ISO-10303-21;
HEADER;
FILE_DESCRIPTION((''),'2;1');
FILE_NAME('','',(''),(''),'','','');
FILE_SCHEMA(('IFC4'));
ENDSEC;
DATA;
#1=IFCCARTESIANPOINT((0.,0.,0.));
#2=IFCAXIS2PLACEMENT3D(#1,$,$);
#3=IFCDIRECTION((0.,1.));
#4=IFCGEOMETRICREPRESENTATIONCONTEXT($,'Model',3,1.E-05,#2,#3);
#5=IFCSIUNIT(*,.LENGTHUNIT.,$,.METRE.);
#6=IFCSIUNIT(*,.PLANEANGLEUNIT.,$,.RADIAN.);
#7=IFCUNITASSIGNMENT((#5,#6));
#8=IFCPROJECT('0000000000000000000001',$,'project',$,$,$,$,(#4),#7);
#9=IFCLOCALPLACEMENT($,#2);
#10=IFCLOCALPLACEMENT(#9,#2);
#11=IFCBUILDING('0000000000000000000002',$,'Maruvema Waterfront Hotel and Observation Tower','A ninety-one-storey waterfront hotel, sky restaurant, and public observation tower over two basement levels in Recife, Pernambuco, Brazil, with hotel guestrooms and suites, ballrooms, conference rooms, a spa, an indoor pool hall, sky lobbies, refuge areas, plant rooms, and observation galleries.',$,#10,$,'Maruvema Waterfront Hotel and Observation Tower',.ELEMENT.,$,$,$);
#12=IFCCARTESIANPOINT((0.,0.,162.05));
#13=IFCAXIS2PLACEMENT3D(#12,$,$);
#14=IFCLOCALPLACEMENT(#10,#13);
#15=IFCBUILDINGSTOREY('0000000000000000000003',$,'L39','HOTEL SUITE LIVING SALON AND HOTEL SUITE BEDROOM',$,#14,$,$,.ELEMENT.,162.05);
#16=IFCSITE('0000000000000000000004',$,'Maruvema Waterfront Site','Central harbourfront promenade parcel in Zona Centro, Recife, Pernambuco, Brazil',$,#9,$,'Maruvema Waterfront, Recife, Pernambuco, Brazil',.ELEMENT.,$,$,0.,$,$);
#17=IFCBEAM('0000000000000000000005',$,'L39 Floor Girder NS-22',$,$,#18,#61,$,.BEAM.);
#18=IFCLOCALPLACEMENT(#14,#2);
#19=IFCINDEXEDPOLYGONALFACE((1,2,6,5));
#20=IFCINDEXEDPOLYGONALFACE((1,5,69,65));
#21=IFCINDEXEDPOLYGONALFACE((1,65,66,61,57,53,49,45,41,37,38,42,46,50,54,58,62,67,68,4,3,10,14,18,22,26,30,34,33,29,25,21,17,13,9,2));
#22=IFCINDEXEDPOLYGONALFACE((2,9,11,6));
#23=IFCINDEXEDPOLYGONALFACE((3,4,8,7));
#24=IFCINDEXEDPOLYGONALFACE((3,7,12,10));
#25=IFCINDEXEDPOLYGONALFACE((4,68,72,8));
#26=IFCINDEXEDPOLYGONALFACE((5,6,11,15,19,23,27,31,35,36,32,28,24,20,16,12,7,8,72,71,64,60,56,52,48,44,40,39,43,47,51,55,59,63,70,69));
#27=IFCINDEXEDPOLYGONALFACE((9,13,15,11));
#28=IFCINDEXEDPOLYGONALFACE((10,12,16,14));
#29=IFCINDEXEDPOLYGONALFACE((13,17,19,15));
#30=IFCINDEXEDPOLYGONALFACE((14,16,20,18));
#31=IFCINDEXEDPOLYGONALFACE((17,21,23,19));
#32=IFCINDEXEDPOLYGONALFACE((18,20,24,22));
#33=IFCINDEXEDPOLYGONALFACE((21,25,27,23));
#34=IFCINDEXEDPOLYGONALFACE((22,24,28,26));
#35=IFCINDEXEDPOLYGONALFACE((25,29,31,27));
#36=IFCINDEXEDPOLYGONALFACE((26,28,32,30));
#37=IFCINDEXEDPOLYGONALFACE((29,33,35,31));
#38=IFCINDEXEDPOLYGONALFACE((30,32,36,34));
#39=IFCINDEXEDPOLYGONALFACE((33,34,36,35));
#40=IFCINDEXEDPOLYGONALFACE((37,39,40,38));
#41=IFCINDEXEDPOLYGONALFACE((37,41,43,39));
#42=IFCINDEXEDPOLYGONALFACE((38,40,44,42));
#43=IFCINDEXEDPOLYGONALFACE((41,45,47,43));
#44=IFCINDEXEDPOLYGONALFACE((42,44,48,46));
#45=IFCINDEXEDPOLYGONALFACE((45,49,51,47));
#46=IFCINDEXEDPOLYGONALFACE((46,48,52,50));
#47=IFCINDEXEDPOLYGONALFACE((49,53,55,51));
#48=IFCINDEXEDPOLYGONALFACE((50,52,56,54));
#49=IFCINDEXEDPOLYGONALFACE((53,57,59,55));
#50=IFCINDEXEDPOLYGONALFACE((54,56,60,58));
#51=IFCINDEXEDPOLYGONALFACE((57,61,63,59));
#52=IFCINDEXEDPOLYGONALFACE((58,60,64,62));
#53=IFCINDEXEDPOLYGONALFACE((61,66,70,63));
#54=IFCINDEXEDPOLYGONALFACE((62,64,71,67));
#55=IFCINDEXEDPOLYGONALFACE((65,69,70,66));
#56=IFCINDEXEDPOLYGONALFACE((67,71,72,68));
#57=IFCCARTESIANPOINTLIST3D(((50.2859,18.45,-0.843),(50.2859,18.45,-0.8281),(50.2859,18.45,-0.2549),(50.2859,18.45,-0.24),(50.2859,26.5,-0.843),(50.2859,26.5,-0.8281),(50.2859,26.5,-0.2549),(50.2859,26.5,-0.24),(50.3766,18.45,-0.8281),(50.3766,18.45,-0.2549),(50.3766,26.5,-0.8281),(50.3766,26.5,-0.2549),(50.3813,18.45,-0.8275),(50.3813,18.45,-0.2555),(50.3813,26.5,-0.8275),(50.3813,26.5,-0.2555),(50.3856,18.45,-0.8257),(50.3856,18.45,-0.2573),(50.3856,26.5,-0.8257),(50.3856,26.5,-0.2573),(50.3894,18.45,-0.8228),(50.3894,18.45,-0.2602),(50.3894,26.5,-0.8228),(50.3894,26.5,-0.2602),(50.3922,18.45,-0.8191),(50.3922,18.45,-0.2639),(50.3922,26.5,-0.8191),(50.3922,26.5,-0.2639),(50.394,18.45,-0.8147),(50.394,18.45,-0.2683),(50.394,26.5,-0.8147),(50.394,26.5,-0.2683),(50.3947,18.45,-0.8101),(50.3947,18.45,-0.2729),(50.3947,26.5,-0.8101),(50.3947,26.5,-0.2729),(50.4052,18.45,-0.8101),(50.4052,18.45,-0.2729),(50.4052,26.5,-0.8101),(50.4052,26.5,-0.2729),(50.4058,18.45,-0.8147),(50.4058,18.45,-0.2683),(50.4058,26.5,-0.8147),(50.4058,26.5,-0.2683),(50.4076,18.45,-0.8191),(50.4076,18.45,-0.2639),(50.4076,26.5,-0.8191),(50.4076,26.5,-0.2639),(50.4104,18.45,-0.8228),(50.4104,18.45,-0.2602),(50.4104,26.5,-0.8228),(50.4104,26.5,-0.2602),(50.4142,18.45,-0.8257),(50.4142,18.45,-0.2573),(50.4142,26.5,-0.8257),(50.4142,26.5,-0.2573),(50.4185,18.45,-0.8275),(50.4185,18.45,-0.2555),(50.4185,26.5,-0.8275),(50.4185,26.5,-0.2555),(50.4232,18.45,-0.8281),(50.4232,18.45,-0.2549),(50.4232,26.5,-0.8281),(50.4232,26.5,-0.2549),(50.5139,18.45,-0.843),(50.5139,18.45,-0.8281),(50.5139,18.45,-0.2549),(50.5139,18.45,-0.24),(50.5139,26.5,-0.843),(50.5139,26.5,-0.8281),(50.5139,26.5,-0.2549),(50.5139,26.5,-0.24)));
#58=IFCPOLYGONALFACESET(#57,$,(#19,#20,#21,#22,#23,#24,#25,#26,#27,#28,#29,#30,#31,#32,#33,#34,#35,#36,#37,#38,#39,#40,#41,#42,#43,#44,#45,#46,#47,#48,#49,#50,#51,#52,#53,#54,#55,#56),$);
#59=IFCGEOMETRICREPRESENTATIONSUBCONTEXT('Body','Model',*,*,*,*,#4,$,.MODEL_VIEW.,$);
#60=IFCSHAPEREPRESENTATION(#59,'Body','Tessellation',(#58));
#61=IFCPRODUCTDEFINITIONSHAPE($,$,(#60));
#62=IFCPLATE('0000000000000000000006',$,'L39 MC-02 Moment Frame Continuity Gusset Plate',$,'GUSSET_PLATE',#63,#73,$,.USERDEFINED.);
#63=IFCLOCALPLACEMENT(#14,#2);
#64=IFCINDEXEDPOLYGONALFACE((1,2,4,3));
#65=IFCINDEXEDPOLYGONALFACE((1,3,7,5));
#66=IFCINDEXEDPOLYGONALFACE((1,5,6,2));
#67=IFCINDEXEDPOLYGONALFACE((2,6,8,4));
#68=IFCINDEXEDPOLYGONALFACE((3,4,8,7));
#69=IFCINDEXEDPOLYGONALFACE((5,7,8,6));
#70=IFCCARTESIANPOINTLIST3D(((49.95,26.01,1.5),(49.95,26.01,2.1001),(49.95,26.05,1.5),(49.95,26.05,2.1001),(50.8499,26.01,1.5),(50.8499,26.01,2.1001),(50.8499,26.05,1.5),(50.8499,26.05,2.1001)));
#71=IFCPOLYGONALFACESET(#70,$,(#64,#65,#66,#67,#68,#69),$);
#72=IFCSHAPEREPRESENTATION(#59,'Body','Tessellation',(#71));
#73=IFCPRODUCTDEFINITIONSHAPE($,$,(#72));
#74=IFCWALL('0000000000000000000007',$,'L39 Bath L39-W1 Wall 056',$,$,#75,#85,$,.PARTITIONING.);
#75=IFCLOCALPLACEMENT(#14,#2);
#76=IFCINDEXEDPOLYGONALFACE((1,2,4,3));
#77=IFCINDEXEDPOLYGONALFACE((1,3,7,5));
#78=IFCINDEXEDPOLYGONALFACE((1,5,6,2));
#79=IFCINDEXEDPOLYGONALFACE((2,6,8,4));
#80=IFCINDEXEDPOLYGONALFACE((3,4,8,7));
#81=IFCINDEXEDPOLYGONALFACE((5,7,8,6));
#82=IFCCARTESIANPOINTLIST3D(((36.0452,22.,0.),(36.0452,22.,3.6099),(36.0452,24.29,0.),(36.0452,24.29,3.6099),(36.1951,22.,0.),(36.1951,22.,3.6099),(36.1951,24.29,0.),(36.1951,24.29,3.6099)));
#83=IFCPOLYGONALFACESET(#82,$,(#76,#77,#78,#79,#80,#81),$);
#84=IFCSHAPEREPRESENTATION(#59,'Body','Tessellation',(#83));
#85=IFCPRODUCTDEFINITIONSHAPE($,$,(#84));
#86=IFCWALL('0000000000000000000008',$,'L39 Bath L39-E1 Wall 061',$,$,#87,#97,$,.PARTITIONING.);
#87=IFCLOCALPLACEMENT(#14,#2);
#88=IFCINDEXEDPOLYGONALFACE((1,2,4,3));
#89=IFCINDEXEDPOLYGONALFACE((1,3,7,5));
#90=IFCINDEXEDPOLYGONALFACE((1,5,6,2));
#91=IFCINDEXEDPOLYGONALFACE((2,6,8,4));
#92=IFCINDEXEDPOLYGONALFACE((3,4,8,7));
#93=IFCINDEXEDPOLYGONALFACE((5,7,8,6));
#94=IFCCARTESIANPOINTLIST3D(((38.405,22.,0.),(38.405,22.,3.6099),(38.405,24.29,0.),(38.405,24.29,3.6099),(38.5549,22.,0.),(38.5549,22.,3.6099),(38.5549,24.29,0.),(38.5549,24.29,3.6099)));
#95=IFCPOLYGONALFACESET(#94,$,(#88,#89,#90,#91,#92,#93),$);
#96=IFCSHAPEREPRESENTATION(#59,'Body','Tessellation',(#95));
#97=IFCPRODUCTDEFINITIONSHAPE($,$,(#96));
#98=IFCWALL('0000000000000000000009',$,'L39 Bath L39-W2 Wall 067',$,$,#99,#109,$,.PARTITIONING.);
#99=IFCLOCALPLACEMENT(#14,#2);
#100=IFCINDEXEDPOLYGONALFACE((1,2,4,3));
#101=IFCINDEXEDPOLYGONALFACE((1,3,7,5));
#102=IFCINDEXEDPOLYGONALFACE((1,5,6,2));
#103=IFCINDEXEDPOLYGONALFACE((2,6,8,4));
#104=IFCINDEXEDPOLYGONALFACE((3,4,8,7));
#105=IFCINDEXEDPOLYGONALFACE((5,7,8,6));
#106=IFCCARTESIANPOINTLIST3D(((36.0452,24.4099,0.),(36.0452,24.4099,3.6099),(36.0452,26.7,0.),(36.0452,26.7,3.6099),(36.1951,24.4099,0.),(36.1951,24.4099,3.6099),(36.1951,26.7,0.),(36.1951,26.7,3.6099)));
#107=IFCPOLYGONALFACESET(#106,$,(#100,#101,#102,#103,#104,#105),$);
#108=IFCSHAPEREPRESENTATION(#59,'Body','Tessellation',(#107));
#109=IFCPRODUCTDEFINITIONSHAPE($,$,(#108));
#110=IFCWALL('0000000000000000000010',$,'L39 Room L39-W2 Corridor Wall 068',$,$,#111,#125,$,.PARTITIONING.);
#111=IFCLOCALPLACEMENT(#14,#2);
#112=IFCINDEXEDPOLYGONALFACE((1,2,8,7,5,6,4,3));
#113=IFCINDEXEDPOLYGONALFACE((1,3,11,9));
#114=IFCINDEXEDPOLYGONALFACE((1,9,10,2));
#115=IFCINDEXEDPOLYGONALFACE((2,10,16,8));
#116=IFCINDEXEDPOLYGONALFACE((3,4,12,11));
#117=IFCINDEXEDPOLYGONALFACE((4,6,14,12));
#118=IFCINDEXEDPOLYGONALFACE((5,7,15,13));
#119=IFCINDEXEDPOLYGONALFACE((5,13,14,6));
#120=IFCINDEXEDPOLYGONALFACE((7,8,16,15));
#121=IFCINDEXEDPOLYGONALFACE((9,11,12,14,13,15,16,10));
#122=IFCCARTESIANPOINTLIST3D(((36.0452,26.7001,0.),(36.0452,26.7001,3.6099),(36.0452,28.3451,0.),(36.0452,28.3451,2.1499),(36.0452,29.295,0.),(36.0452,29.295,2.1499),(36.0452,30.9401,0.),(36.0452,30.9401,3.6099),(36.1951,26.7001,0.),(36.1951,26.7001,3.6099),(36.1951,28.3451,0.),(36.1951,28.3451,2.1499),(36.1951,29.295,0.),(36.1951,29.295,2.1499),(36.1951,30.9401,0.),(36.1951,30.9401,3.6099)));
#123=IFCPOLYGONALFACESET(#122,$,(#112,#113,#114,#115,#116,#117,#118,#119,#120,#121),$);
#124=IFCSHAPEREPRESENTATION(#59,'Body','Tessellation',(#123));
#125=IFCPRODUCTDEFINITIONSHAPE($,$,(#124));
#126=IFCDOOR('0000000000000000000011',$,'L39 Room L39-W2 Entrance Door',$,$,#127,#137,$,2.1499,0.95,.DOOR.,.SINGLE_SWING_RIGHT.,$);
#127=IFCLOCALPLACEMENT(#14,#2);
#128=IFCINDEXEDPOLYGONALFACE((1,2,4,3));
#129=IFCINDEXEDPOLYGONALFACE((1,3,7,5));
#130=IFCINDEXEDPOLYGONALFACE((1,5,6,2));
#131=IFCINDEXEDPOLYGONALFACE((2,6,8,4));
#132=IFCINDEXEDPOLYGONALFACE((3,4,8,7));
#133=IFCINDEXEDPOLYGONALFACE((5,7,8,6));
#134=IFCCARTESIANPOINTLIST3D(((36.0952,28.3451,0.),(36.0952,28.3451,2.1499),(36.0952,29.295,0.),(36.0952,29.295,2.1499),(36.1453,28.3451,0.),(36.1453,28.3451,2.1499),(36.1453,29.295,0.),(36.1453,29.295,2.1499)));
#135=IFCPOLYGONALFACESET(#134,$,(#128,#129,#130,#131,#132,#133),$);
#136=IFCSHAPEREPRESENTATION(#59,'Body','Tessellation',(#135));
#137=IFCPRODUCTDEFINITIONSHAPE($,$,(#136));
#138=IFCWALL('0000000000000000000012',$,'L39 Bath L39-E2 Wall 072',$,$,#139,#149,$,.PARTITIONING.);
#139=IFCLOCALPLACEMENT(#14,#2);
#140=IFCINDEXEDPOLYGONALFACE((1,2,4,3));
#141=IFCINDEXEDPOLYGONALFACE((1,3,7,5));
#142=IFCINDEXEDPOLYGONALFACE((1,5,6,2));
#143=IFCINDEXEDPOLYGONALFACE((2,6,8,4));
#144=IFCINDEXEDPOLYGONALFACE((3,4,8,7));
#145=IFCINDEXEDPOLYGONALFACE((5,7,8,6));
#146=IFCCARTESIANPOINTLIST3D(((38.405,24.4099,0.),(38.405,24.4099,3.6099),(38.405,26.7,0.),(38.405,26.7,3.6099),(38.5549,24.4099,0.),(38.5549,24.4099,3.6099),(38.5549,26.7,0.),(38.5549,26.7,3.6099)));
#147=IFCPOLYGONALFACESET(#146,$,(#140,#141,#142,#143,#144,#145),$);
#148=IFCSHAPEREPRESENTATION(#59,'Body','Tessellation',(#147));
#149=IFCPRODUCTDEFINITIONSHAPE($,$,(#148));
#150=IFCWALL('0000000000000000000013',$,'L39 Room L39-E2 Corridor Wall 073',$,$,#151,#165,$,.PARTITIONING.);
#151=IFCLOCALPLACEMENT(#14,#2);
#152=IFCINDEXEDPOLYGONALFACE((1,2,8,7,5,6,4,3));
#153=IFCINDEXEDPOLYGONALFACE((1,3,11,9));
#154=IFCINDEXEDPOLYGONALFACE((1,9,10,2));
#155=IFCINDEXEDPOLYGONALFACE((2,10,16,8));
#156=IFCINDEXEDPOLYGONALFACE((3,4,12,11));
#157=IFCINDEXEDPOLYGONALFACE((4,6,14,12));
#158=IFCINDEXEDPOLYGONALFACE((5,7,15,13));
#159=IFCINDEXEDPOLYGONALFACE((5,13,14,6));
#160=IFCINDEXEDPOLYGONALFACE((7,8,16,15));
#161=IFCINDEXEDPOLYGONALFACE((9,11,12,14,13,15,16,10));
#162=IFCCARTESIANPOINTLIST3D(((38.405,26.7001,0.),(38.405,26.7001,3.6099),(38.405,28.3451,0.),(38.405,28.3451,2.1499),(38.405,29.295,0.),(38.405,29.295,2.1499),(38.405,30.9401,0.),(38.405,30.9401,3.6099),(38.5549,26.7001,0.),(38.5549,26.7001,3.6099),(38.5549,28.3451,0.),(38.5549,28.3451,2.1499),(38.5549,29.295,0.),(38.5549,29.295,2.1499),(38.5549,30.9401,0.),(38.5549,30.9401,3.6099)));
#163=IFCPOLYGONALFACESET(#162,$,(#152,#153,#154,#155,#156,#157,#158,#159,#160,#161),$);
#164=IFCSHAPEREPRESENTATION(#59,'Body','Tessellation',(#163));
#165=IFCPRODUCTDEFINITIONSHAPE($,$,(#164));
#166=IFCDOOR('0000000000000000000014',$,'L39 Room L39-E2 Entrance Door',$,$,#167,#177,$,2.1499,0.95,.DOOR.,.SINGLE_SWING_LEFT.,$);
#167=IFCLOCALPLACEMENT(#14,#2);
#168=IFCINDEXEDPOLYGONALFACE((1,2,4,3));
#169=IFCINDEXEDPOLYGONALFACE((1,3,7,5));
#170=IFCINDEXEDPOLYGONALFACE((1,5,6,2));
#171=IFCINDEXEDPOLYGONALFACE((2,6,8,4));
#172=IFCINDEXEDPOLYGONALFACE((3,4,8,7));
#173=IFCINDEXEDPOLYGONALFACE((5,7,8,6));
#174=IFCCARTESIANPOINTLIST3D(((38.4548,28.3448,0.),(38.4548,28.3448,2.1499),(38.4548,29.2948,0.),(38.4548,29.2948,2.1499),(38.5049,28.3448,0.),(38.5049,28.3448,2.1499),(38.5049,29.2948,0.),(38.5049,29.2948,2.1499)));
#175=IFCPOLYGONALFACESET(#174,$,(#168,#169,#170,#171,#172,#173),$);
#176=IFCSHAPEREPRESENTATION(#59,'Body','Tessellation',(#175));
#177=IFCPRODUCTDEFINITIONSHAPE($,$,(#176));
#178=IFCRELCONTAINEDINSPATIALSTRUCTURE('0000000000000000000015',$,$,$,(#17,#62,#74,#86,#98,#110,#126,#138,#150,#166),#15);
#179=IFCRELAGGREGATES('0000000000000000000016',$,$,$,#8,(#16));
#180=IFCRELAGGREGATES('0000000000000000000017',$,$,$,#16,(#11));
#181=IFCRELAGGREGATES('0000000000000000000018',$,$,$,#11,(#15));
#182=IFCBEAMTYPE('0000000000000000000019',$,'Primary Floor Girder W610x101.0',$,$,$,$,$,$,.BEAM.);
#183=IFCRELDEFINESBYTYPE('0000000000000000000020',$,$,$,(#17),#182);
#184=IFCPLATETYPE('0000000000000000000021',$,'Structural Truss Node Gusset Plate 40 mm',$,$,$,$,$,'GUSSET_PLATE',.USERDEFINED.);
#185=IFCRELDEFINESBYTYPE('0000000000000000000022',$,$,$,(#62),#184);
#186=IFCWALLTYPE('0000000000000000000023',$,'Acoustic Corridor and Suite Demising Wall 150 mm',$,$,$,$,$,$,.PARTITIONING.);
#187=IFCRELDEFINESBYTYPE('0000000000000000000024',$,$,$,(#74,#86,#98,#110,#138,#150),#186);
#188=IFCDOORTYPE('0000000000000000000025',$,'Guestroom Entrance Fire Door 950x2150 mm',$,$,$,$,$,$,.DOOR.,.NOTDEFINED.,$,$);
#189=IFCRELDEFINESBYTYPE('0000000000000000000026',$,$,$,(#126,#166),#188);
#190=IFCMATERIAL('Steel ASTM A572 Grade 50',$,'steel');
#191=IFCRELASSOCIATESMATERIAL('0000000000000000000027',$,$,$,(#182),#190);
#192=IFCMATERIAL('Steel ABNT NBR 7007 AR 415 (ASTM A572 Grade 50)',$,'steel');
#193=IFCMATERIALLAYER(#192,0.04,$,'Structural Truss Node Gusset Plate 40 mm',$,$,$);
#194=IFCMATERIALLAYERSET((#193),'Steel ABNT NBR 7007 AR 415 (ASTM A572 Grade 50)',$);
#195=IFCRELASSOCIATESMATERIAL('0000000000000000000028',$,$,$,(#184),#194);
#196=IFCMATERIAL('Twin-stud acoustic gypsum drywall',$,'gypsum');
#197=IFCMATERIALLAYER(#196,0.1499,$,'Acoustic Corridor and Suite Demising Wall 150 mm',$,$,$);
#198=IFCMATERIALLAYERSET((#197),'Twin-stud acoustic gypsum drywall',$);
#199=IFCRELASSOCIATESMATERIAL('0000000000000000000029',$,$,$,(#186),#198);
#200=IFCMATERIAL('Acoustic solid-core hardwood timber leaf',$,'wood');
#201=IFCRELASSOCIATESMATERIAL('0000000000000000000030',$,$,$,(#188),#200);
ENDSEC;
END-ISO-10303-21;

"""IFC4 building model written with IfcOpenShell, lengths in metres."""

from ifc_helpers import new_model, si_unit, direction, frame, frame_2d, origin, origin_2d, place, context, subcontext, project, spatial, rectangle, i_section, extrude, material, layer, layer_set, material_profile, profile_set, type_object, element, fill, save


model = new_model("IFC4")

# Units and contexts
model_context = context("Model", 3, precision=1e-05, world=origin(), true_north=direction((0.0, 1.0)))
body_context = subcontext(model_context, "Body", "Model", "MODEL_VIEW")
ifc_project = project(units=[si_unit("LENGTHUNIT", "METRE"), si_unit("PLANEANGLEUNIT", "RADIAN")], contexts=[model_context])

# Site, building, storey
site_placement = place(None, origin())
site = spatial("IfcSite", under=ifc_project, at=site_placement, Name="Maruvema Waterfront Site", Description="Central harbourfront promenade parcel in Zona Centro, Recife, Pernambuco, Brazil", LongName="Maruvema Waterfront, Recife, Pernambuco, Brazil", CompositionType="ELEMENT", RefElevation=0.0)
building_placement = place(site_placement, origin())
building = spatial("IfcBuilding", under=site, at=building_placement, Name="Maruvema Waterfront Hotel and Observation Tower", Description="A ninety-one-storey waterfront hotel, sky restaurant, and public observation tower over two basement levels in Recife, Pernambuco, Brazil, with hotel guestrooms and suites, ballrooms, conference rooms, a spa, an indoor pool hall, sky lobbies, refuge areas, plant rooms, and observation galleries.", LongName="Maruvema Waterfront Hotel and Observation Tower", CompositionType="ELEMENT")
storey_placement = place(building_placement, frame((0.0, 0.0, 162.05)))
storey = spatial("IfcBuildingStorey", under=building, at=storey_placement, Name="L39", Description="HOTEL SUITE LIVING SALON AND HOTEL SUITE BEDROOM", CompositionType="ELEMENT", Elevation=162.05)

# Beam
ifc_material_1 = material(Name="Steel ASTM A572 Grade 50", Category="steel")
ifc_material_profile = material_profile(ifc_material_1, i_section(OverallWidth=0.228, OverallDepth=0.603, WebThickness=0.0105, FlangeThickness=0.0149, FilletRadius=0.0181, at=origin_2d()), Name="W610x101.0")
ifc_profile_set = profile_set([ifc_material_profile], Name="Steel ASTM A572 Grade 50")
beam_type = type_object("IfcBeamType", Name="Primary Floor Girder W610x101.0", PredefinedType="BEAM", material=ifc_profile_set)
beam_placement = place(storey_placement, frame((50.3999, 18.45, -0.5415), z_axis=(0.0, 1.0, 0.0), x_axis=(-1.0, 0.0, 0.0)))
element("IfcBeam", 1, at=beam_placement, inside=storey, type_object=beam_type, Name="L39 Floor Girder NS-22", PredefinedType="BEAM", context=body_context, shape_type="SweptSolid", body=[
    extrude(i_section(OverallWidth=0.228, OverallDepth=0.603, WebThickness=0.0105, FlangeThickness=0.0149, FilletRadius=0.0181, at=origin_2d()), origin(), (0.0, 0.0, 1.0), 8.05),
])

# Plate
ifc_material_2 = material(Name="Steel ABNT NBR 7007 AR 415 (ASTM A572 Grade 50)", Category="steel")
ifc_layer_1 = layer(ifc_material_2, 0.04, Name="Structural Truss Node Gusset Plate 40 mm")
ifc_layer_set_1 = layer_set([ifc_layer_1], Name="Steel ABNT NBR 7007 AR 415 (ASTM A572 Grade 50)")
plate_type = type_object("IfcPlateType", Name="Structural Truss Node Gusset Plate 40 mm", ElementType="GUSSET_PLATE", PredefinedType="USERDEFINED", material=ifc_layer_set_1)
plate_placement = place(storey_placement, frame((50.3999, 26.03, 1.5), z_axis=(0.0, 0.0, 1.0), x_axis=(1.0, 0.0, 0.0)))
element("IfcPlate", 2, at=plate_placement, inside=storey, type_object=plate_type, Name="L39 MC-02 Moment Frame Continuity Gusset Plate", ObjectType="GUSSET_PLATE", PredefinedType="USERDEFINED", context=body_context, shape_type="SweptSolid", body=[
    extrude(rectangle(XDim=0.8999, YDim=0.04, at=origin_2d()), origin(), (0.0, 0.0, 1.0), 0.6001),
])

# Walls
ifc_material_3 = material(Name="Twin-stud acoustic gypsum drywall", Category="gypsum")
ifc_layer_2 = layer(ifc_material_3, 0.1499, Name="Acoustic Corridor and Suite Demising Wall 150 mm")
ifc_layer_set_2 = layer_set([ifc_layer_2], Name="Twin-stud acoustic gypsum drywall")
wall_type_1 = type_object("IfcWallType", Name="Acoustic Corridor and Suite Demising Wall 150 mm", PredefinedType="PARTITIONING", material=ifc_layer_set_2)
for number, where, z_axis, x_axis, name in (
    (3, (36.1201, 22.0, 0.0), (0.0, 0.0, 1.0), (0.0, 1.0, 0.0), "L39 Bath L39-W1 Wall 056"),
    (4, (38.48, 22.0, 0.0), (0.0, 0.0, 1.0), (0.0, 1.0, 0.0), "L39 Bath L39-E1 Wall 061"),
    (5, (36.1201, 24.4099, 0.0), (0.0, 0.0, 1.0), (0.0, 1.0, 0.0), "L39 Bath L39-W2 Wall 067"),
):
    element("IfcWall", number, at=place(storey_placement, frame(where, z_axis=z_axis, x_axis=x_axis)), inside=storey, type_object=wall_type_1, Name=name, PredefinedType="PARTITIONING", context=body_context, shape_type="SweptSolid", body=[
        extrude(rectangle(XDim=2.29, YDim=0.1499, at=frame_2d((1.145, 0.0))), origin(), (0.0, 0.0, 1.0), 3.6099),
    ])

# Wall, opening, door
wall_1_placement = place(storey_placement, frame((36.1201, 26.7, 0.0), z_axis=(0.0, 0.0, 1.0), x_axis=(0.0, 1.0, 0.0)))
wall_1 = element("IfcWall", 6, at=wall_1_placement, inside=storey, type_object=wall_type_1, Name="L39 Room L39-W2 Corridor Wall 068", PredefinedType="PARTITIONING", context=body_context, shape_type="SweptSolid", body=[
    extrude(rectangle(XDim=4.24, YDim=0.1499, at=frame_2d((2.1201, 0.0))), origin(), (0.0, 0.0, 1.0), 3.6099),
])
opening_1_placement = place(wall_1_placement, frame((1.645, 0.0, 0.0)))
opening_1 = element("IfcOpeningElement", 7, at=opening_1_placement, cuts=wall_1, PredefinedType="OPENING", context=body_context, shape_type="SweptSolid", body=[
    extrude(rectangle(XDim=0.95, YDim=2.1499, at=frame_2d((0.4751, 1.075))), frame((0.0, 0.085, 0.0), z_axis=(0.0, -1.0, 0.0), x_axis=(1.0, 0.0, 0.0)), (0.0, 0.0, 1.0), 0.1699),
])
ifc_material_4 = material(Name="Acoustic solid-core hardwood timber leaf", Category="wood")
door_type_1 = type_object("IfcDoorType", Name="Guestroom Entrance Fire Door 950x2150 mm", OperationType="NOTDEFINED", PredefinedType="DOOR", material=ifc_material_4)
door_1_placement = place(opening_1_placement, origin())
door_1 = element("IfcDoor", 8, at=door_1_placement, inside=storey, type_object=door_type_1, Name="L39 Room L39-W2 Entrance Door", OperationType="SINGLE_SWING_RIGHT", OverallHeight=2.1499, OverallWidth=0.95, PredefinedType="DOOR", context=body_context, shape_type="SweptSolid", body=[
    extrude(rectangle(XDim=0.95, YDim=2.1499, at=frame_2d((0.4751, 1.075))), frame((0.0, 0.0249, 0.0), z_axis=(0.0, -1.0, 0.0), x_axis=(1.0, 0.0, 0.0)), (0.0, 0.0, 1.0), 0.05),
])
fill(opening_1, door_1)

# Wall
wall_2_placement = place(storey_placement, frame((38.48, 24.4099, 0.0), z_axis=(0.0, 0.0, 1.0), x_axis=(0.0, 1.0, 0.0)))
element("IfcWall", 9, at=wall_2_placement, inside=storey, type_object=wall_type_1, Name="L39 Bath L39-E2 Wall 072", PredefinedType="PARTITIONING", context=body_context, shape_type="SweptSolid", body=[
    extrude(rectangle(XDim=2.29, YDim=0.1499, at=frame_2d((1.145, 0.0))), origin(), (0.0, 0.0, 1.0), 3.6099),
])

# Wall, opening, door
wall_3_placement = place(storey_placement, frame((38.48, 26.7, 0.0), z_axis=(0.0, 0.0, 1.0), x_axis=(0.0, 1.0, 0.0)))
wall_3 = element("IfcWall", 10, at=wall_3_placement, inside=storey, type_object=wall_type_1, Name="L39 Room L39-E2 Corridor Wall 073", PredefinedType="PARTITIONING", context=body_context, shape_type="SweptSolid", body=[
    extrude(rectangle(XDim=4.24, YDim=0.1499, at=frame_2d((2.1201, 0.0))), origin(), (0.0, 0.0, 1.0), 3.6099),
])
opening_2_placement = place(wall_3_placement, frame((1.645, 0.0, 0.0)))
opening_2 = element("IfcOpeningElement", 11, at=opening_2_placement, cuts=wall_3, PredefinedType="OPENING", context=body_context, shape_type="SweptSolid", body=[
    extrude(rectangle(XDim=0.95, YDim=2.1499, at=frame_2d((0.4751, 1.075))), frame((0.0, 0.085, 0.0), z_axis=(0.0, -1.0, 0.0), x_axis=(1.0, 0.0, 0.0)), (0.0, 0.0, 1.0), 0.1699),
])
door_2_placement = place(opening_2_placement, frame((0.95, 0.0, 0.0), z_axis=(0.0, 0.0, 1.0), x_axis=(-1.0, 0.0, 0.0)))
door_2 = element("IfcDoor", 12, at=door_2_placement, inside=storey, type_object=door_type_1, Name="L39 Room L39-E2 Entrance Door", OperationType="SINGLE_SWING_LEFT", OverallHeight=2.1499, OverallWidth=0.95, PredefinedType="DOOR", context=body_context, shape_type="SweptSolid", body=[
    extrude(rectangle(XDim=0.95, YDim=2.1499, at=frame_2d((0.4751, 1.075))), frame((0.0, 0.0249, 0.0), z_axis=(0.0, -1.0, 0.0), x_axis=(1.0, 0.0, 0.0)), (0.0, 0.0, 1.0), 0.05),
])
fill(opening_2, door_2)

save(model, "model.ifc")
